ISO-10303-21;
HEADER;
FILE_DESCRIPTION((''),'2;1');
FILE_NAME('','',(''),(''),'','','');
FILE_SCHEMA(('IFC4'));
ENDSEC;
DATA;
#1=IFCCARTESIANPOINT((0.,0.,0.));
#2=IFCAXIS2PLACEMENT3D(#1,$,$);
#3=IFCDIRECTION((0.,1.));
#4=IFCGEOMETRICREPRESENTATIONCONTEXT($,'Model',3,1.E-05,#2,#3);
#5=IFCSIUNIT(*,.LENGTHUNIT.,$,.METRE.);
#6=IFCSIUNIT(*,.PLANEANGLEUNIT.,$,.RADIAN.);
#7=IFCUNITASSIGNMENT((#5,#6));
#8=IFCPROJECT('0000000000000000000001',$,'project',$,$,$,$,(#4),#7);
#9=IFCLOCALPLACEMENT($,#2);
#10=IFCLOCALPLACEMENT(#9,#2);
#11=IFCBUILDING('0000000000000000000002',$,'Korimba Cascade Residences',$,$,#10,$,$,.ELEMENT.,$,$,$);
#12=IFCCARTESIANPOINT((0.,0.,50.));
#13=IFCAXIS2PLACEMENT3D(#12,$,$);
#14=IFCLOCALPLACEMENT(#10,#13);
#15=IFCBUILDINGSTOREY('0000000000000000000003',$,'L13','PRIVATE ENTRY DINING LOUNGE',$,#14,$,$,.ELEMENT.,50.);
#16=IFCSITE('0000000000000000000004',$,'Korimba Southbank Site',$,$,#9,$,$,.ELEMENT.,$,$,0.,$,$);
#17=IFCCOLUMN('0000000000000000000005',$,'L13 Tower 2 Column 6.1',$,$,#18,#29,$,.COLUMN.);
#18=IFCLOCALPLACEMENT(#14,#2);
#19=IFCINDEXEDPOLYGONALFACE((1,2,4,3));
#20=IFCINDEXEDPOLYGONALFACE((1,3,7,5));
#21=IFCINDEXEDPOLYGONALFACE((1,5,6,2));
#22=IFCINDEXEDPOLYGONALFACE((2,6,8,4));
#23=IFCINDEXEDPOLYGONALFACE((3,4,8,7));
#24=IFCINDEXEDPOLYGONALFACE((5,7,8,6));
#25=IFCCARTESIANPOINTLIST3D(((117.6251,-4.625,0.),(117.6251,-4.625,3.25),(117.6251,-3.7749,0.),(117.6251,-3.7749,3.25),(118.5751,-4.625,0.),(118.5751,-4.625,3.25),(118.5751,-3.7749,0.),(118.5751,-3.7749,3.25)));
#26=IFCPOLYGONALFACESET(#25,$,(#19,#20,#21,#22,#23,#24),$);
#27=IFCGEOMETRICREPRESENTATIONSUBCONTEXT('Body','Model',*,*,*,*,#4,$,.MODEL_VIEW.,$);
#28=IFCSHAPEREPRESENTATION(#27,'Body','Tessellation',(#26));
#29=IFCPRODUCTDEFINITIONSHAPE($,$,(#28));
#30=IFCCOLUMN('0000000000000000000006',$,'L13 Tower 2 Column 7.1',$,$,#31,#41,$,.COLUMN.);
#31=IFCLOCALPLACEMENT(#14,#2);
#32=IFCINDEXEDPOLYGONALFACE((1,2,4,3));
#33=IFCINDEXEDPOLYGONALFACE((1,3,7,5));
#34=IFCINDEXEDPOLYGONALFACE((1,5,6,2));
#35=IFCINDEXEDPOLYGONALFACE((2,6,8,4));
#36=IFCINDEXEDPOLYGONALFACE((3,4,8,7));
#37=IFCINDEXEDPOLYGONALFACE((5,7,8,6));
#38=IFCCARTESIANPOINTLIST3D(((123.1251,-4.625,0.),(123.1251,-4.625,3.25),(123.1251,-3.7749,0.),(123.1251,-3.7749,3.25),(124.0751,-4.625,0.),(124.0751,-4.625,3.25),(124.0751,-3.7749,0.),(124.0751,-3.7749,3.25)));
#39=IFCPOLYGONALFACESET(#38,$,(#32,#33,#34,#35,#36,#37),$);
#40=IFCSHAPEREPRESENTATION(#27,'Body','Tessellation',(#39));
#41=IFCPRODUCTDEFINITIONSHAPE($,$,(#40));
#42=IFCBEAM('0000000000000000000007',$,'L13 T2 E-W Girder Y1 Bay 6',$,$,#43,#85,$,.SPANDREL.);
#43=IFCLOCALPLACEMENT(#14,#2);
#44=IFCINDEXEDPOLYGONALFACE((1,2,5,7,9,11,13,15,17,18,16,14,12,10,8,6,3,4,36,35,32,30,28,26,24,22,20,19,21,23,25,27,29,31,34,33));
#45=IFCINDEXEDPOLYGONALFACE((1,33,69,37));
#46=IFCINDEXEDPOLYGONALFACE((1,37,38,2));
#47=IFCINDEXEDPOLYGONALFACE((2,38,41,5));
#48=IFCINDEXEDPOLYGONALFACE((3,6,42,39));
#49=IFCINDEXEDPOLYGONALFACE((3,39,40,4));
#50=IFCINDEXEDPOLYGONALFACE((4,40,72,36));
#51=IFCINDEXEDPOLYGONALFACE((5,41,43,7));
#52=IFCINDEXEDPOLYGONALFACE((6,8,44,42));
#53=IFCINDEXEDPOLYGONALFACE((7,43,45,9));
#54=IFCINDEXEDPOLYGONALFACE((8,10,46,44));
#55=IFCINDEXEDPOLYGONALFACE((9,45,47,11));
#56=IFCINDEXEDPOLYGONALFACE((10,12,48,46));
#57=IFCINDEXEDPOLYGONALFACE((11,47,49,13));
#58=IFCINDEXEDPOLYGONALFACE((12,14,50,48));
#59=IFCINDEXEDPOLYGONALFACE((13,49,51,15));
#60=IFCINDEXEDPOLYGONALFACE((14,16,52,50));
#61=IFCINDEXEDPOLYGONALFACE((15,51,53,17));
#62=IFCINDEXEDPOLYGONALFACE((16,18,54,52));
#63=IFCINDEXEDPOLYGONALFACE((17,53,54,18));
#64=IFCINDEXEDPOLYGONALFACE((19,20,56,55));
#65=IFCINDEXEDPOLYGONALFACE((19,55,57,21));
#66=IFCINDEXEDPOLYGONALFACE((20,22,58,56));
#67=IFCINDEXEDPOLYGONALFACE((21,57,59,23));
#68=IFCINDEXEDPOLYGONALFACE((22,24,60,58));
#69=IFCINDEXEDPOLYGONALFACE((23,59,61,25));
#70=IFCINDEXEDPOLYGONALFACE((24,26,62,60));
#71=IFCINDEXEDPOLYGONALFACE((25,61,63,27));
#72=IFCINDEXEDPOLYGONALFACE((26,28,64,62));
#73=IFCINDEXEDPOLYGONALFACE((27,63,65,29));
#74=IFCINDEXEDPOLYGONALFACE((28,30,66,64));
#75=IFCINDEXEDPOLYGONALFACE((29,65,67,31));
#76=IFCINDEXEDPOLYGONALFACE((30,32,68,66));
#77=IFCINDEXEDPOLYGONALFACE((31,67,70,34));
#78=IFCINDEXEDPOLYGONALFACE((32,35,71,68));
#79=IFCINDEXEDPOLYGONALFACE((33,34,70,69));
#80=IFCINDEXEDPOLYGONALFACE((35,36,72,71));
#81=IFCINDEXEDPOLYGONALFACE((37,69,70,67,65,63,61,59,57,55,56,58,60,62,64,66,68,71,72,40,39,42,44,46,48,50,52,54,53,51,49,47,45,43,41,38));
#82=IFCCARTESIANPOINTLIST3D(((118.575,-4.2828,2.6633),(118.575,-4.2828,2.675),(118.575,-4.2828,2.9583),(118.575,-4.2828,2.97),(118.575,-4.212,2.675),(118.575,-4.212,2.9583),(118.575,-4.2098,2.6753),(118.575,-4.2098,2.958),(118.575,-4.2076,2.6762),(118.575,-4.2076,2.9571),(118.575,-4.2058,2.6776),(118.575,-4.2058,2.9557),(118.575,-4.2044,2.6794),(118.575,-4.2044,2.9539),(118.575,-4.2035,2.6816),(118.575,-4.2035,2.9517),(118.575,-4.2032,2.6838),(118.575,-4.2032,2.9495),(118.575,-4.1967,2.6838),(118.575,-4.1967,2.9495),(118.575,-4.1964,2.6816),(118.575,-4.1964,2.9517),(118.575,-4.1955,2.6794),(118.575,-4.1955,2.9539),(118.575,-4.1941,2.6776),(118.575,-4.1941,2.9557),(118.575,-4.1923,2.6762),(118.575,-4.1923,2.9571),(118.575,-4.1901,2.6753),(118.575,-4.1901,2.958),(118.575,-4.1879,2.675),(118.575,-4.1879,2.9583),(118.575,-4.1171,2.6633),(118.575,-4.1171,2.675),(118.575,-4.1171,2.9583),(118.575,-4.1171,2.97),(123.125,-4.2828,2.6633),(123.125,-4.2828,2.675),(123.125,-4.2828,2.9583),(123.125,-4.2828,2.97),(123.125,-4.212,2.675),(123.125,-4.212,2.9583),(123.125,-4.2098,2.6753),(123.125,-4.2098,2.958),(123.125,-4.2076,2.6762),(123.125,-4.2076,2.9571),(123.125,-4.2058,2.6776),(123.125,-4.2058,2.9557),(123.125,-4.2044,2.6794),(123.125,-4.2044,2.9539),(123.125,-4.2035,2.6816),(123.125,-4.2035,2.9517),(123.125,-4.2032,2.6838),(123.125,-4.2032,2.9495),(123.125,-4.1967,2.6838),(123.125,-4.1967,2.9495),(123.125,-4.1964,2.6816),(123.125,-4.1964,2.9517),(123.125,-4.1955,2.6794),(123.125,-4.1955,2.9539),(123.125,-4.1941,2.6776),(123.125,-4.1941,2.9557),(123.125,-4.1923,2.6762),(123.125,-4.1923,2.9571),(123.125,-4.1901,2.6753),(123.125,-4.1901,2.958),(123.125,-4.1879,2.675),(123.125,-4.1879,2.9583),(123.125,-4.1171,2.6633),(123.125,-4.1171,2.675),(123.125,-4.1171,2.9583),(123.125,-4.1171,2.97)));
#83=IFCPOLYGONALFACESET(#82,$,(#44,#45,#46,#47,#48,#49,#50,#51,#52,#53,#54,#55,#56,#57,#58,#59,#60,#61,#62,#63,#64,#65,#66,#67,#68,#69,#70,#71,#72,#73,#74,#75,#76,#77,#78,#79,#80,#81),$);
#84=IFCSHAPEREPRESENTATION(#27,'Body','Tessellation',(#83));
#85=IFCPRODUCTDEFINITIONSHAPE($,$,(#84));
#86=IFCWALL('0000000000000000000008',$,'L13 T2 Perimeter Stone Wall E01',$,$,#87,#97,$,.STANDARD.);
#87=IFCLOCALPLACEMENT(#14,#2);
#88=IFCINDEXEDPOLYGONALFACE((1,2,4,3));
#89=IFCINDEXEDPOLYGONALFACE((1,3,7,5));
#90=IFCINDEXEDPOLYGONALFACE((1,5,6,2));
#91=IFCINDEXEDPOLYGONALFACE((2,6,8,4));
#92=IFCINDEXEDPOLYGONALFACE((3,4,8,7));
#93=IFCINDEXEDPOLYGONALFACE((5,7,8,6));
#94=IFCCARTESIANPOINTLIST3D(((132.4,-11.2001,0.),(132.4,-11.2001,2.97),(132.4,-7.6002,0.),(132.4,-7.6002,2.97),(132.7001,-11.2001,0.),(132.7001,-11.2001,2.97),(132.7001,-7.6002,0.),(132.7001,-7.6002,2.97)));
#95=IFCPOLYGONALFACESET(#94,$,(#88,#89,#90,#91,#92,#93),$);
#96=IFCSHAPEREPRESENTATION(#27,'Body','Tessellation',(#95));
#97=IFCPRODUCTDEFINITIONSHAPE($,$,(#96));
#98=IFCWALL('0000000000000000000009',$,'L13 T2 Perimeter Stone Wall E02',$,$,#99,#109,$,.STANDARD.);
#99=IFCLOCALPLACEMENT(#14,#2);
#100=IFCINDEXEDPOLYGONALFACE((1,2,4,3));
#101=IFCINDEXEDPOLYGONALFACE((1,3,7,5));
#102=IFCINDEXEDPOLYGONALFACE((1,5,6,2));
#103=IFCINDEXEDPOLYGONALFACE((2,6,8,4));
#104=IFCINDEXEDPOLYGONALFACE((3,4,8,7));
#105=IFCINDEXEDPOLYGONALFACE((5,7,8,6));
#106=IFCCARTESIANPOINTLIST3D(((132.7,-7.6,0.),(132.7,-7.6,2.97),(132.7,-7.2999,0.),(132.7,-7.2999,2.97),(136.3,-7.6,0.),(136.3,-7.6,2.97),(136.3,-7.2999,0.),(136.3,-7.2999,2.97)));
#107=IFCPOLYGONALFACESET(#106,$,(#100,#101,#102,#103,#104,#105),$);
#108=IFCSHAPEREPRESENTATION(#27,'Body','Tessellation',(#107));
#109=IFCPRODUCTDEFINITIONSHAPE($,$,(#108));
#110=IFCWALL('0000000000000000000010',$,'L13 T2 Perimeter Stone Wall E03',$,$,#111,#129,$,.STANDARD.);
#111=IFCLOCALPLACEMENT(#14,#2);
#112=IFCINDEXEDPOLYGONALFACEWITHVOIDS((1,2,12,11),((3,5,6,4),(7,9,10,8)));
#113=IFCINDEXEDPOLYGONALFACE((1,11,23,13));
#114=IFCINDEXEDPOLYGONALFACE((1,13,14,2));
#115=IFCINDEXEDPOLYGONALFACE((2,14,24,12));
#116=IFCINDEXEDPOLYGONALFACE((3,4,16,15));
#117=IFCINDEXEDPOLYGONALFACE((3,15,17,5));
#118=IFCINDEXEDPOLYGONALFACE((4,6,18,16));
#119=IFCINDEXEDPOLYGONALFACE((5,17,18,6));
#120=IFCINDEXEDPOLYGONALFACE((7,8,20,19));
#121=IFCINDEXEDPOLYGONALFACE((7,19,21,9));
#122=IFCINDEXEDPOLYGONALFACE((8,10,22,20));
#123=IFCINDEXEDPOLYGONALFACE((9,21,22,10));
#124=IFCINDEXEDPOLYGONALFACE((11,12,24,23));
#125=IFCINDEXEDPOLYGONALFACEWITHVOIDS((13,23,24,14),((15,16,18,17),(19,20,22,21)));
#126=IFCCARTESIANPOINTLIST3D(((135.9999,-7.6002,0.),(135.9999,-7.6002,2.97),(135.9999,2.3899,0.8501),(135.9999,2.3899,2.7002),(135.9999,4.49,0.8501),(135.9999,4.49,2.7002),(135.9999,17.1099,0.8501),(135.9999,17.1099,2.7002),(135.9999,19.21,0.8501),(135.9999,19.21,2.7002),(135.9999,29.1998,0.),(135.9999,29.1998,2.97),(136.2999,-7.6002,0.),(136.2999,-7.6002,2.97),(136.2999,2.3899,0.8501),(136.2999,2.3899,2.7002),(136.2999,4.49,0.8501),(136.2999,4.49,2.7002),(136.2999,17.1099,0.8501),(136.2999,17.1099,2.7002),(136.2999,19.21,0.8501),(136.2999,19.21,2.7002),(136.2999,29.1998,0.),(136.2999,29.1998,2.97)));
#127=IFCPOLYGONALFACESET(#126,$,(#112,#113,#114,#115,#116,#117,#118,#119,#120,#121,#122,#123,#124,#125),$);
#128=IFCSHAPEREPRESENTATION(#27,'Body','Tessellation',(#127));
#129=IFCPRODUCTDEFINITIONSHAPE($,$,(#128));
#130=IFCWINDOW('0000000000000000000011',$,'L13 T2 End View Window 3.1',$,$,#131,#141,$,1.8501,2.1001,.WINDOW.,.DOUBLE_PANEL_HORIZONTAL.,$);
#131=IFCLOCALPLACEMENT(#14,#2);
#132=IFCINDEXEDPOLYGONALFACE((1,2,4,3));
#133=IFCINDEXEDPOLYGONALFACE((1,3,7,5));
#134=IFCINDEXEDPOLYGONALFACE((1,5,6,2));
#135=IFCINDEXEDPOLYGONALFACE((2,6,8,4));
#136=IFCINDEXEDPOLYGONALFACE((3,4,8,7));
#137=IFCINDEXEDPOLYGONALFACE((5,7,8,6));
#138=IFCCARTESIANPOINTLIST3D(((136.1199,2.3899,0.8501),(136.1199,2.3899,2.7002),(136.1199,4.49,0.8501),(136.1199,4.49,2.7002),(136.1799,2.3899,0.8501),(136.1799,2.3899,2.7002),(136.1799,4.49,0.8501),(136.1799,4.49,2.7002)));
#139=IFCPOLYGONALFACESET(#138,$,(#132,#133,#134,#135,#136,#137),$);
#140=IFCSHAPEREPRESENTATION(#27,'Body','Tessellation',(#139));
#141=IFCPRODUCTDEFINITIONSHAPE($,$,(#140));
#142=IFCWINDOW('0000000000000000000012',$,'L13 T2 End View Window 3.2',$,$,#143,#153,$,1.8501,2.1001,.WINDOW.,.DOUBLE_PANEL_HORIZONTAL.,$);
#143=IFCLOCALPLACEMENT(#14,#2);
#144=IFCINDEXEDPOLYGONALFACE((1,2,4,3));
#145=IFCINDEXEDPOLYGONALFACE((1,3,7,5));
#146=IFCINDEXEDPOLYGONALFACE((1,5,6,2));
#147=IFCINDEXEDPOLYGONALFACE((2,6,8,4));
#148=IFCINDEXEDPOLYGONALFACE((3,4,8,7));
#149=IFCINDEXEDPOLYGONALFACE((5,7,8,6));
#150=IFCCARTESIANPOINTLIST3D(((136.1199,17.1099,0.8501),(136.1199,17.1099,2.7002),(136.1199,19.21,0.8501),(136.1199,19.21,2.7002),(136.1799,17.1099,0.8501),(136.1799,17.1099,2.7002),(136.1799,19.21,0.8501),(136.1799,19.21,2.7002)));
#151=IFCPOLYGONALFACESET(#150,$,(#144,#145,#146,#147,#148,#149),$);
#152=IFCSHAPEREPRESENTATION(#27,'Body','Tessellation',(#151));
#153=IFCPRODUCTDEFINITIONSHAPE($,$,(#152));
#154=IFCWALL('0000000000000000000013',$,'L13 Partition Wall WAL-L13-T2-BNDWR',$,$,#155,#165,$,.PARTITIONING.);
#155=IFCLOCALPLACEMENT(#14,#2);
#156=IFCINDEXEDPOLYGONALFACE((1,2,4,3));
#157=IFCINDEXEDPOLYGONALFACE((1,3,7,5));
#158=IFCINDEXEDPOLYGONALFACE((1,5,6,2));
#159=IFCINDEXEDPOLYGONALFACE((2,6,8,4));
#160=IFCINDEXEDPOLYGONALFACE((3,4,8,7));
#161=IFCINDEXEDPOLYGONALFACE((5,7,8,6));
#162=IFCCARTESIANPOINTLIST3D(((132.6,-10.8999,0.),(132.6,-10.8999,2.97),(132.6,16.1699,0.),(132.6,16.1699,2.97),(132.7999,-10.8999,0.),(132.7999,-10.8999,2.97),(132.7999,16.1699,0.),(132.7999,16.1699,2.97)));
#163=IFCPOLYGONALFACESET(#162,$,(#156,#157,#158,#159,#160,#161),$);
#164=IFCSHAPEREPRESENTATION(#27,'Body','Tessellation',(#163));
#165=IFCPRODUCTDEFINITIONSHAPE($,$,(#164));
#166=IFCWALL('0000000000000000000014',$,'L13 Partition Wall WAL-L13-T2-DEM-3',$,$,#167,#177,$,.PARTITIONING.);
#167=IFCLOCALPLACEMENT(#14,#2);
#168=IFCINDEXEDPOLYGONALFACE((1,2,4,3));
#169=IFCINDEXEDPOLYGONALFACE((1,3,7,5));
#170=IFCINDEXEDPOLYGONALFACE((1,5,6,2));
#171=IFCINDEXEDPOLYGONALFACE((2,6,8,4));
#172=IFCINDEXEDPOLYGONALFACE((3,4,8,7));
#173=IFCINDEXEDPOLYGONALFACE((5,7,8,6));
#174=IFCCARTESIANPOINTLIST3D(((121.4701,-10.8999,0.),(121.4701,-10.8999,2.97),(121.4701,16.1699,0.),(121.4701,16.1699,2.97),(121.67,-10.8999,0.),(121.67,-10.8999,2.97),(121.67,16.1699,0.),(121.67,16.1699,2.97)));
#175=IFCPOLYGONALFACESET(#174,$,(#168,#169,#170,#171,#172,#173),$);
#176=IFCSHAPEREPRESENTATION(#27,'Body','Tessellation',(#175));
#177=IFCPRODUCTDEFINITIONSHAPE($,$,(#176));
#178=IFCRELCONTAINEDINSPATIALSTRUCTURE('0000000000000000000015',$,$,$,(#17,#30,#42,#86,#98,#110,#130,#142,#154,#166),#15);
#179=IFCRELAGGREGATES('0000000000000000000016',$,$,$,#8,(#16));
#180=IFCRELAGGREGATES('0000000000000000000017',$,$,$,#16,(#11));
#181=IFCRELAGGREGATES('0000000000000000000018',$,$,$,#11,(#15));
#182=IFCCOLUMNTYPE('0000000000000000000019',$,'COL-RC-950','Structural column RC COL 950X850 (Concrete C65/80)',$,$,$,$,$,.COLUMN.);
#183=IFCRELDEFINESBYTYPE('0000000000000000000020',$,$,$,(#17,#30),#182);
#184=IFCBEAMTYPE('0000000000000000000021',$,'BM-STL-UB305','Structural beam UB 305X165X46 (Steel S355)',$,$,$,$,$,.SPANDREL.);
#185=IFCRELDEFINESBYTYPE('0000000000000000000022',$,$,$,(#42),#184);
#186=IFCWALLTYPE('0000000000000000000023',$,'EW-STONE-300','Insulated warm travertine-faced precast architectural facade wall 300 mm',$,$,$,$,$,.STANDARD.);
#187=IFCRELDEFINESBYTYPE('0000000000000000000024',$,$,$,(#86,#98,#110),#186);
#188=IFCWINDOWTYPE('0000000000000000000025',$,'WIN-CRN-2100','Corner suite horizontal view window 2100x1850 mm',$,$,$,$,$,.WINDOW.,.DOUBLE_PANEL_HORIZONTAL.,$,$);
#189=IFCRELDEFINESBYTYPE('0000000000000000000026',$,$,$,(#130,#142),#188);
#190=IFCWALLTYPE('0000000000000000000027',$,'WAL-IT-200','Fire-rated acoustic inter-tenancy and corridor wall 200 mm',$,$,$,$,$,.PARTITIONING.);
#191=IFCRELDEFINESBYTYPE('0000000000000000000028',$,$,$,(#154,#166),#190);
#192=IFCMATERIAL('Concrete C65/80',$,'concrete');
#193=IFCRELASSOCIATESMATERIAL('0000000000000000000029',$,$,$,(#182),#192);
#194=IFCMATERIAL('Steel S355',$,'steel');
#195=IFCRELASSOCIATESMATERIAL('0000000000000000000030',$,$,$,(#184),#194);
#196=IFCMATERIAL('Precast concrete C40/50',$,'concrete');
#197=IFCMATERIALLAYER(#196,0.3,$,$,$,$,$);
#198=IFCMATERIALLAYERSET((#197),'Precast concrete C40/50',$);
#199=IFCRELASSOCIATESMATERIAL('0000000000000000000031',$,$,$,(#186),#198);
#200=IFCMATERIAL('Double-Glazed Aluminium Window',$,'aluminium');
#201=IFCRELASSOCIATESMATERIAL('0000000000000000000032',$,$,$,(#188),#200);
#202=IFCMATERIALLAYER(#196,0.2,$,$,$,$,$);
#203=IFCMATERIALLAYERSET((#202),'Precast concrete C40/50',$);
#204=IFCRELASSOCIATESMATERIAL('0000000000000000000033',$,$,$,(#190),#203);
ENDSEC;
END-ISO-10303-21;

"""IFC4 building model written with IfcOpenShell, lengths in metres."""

from ifc_helpers import new_model, si_unit, direction, frame, frame_2d, origin, origin_2d, place, context, subcontext, project, spatial, rectangle, i_section, extrude, material, layer, layer_set, material_profile, profile_set, type_object, element, fill, save


model = new_model("IFC4")

# Units and contexts
model_context = context("Model", 3, precision=1e-05, world=origin(), true_north=direction((0.0, 1.0)))
body_context = subcontext(model_context, "Body", "Model", "MODEL_VIEW")
ifc_project = project(units=[si_unit("LENGTHUNIT", "METRE"), si_unit("PLANEANGLEUNIT", "RADIAN")], contexts=[model_context])

# Site, building, storey
site_placement = place(None, origin())
site = spatial("IfcSite", under=ifc_project, at=site_placement, Name="Korimba Southbank Site", CompositionType="ELEMENT", RefElevation=0.0)
building_placement = place(site_placement, origin())
building = spatial("IfcBuilding", under=site, at=building_placement, Name="Korimba Cascade Residences", CompositionType="ELEMENT")
storey_placement = place(building_placement, frame((0.0, 0.0, 50.0)))
storey = spatial("IfcBuildingStorey", under=building, at=storey_placement, Name="L13", Description="PRIVATE ENTRY DINING LOUNGE", CompositionType="ELEMENT", Elevation=50.0)

# Columns
ifc_material_1 = material(Name="Concrete C65/80", Category="concrete")
ifc_material_profile_1 = material_profile(ifc_material_1, rectangle(XDim=0.95, YDim=0.8501, at=origin_2d()), Name="Concrete C65/80")
ifc_profile_set_1 = profile_set([ifc_material_profile_1], Name="Concrete C65/80")
column_type = type_object("IfcColumnType", Name="COL-RC-950", Description="Structural column RC COL 950X850 (Concrete C65/80)", PredefinedType="COLUMN", material=ifc_profile_set_1)
for number, where, z_axis, x_axis, name in (
    (1, (118.1001, -4.2, 0.0), (0.0, 0.0, 1.0), (1.0, 0.0, 0.0), "L13 Tower 2 Column 6.1"),
    (2, (123.6001, -4.2, 0.0), (0.0, 0.0, 1.0), (1.0, 0.0, 0.0), "L13 Tower 2 Column 7.1"),
):
    element("IfcColumn", number, at=place(storey_placement, frame(where, z_axis=z_axis, x_axis=x_axis)), inside=storey, type_object=column_type, Name=name, PredefinedType="COLUMN", context=body_context, shape_type="SweptSolid", body=[
        extrude(rectangle(XDim=0.95, YDim=0.8501, at=origin_2d()), origin(), (0.0, 0.0, 1.0), 3.25),
    ])

# Beam
ifc_material_2 = material(Name="Steel S355", Category="steel")
ifc_material_profile_2 = material_profile(ifc_material_2, i_section(OverallWidth=0.1658, OverallDepth=0.3066, WebThickness=0.0066, FlangeThickness=0.0117, FilletRadius=0.0088, at=origin_2d()), Name="Steel S355")
ifc_profile_set_2 = profile_set([ifc_material_profile_2], Name="Steel S355")
beam_type = type_object("IfcBeamType", Name="BM-STL-UB305", Description="Structural beam UB 305X165X46 (Steel S355)", PredefinedType="SPANDREL", material=ifc_profile_set_2)
beam_placement = place(storey_placement, frame((118.575, -4.2, 2.8167), z_axis=(1.0, 0.0, 0.0), x_axis=(0.0, 1.0, 0.0)))
element("IfcBeam", 3, at=beam_placement, inside=storey, type_object=beam_type, Name="L13 T2 E-W Girder Y1 Bay 6", PredefinedType="SPANDREL", context=body_context, shape_type="SweptSolid", body=[
    extrude(i_section(OverallWidth=0.1658, OverallDepth=0.3066, WebThickness=0.0066, FlangeThickness=0.0117, FilletRadius=0.0088, at=origin_2d()), origin(), (0.0, 0.0, 1.0), 4.55),
])

# Walls
ifc_material_3 = material(Name="Precast concrete C40/50", Category="concrete")
ifc_layer_1 = layer(ifc_material_3, 0.3)
ifc_layer_set_1 = layer_set([ifc_layer_1], Name="Precast concrete C40/50")
wall_type_1 = type_object("IfcWallType", Name="EW-STONE-300", Description="Insulated warm travertine-faced precast architectural facade wall 300 mm", PredefinedType="STANDARD", material=ifc_layer_set_1)
wall_1_placement = place(storey_placement, frame((132.55, -11.2, 0.0), z_axis=(0.0, 0.0, 1.0), x_axis=(0.0, 1.0, 0.0)))
element("IfcWall", 4, at=wall_1_placement, inside=storey, type_object=wall_type_1, Name="L13 T2 Perimeter Stone Wall E01", PredefinedType="STANDARD", context=body_context, shape_type="SweptSolid", body=[
    extrude(rectangle(XDim=3.5999, YDim=0.3, at=frame_2d((1.7998, 0.0))), origin(), (0.0, 0.0, 1.0), 2.97),
])
wall_2_placement = place(storey_placement, frame((132.7, -7.45, 0.0), z_axis=(0.0, 0.0, 1.0), x_axis=(1.0, 0.0, 0.0)))
element("IfcWall", 5, at=wall_2_placement, inside=storey, type_object=wall_type_1, Name="L13 T2 Perimeter Stone Wall E02", PredefinedType="STANDARD", context=body_context, shape_type="SweptSolid", body=[
    extrude(rectangle(XDim=3.6001, YDim=0.3, at=frame_2d((1.8, 0.0))), origin(), (0.0, 0.0, 1.0), 2.97),
])

# Wall, openings, windows
wall_3_placement = place(storey_placement, frame((136.1499, -7.6001, 0.0), z_axis=(0.0, 0.0, 1.0), x_axis=(0.0, 1.0, 0.0)))
wall_3 = element("IfcWall", 6, at=wall_3_placement, inside=storey, type_object=wall_type_1, Name="L13 T2 Perimeter Stone Wall E03", PredefinedType="STANDARD", context=body_context, shape_type="SweptSolid", body=[
    extrude(rectangle(XDim=36.8, YDim=0.3, at=frame_2d((18.3999, 0.0))), origin(), (0.0, 0.0, 1.0), 2.97),
])
opening_1_placement = place(wall_3_placement, frame((9.99, 0.0, 0.8501)))
opening_1 = element("IfcOpeningElement", 7, at=opening_1_placement, cuts=wall_3, PredefinedType="OPENING", context=body_context, shape_type="SweptSolid", body=[
    extrude(rectangle(XDim=2.1001, YDim=1.8501, at=frame_2d((1.05, 0.925))), frame((0.0, 0.1602, 0.0), z_axis=(0.0, -1.0, 0.0), x_axis=(1.0, 0.0, 0.0)), (0.0, 0.0, 1.0), 0.3201),
])
opening_2_placement = place(wall_3_placement, frame((24.71, 0.0, 0.8501)))
opening_2 = element("IfcOpeningElement", 8, at=opening_2_placement, cuts=wall_3, PredefinedType="OPENING", context=body_context, shape_type="SweptSolid", body=[
    extrude(rectangle(XDim=2.1001, YDim=1.8501, at=frame_2d((1.05, 0.925))), frame((0.0, 0.1602, 0.0), z_axis=(0.0, -1.0, 0.0), x_axis=(1.0, 0.0, 0.0)), (0.0, 0.0, 1.0), 0.3201),
])
ifc_material_4 = material(Name="Double-Glazed Aluminium Window", Category="aluminium")
window_type = type_object("IfcWindowType", Name="WIN-CRN-2100", Description="Corner suite horizontal view window 2100x1850 mm", PartitioningType="DOUBLE_PANEL_HORIZONTAL", PredefinedType="WINDOW", material=ifc_material_4)
window_1_placement = place(opening_1_placement, origin())
window_1 = element("IfcWindow", 9, at=window_1_placement, inside=storey, type_object=window_type, Name="L13 T2 End View Window 3.1", OverallHeight=1.8501, OverallWidth=2.1001, PartitioningType="DOUBLE_PANEL_HORIZONTAL", PredefinedType="WINDOW", context=body_context, shape_type="SweptSolid", body=[
    extrude(rectangle(XDim=2.1001, YDim=1.8501, at=frame_2d((1.05, 0.925))), frame((0.0, 0.03, 0.0), z_axis=(0.0, -1.0, 0.0), x_axis=(1.0, 0.0, 0.0)), (0.0, 0.0, 1.0), 0.0601),
])
fill(opening_1, window_1)
window_2_placement = place(opening_2_placement, origin())
window_2 = element("IfcWindow", 10, at=window_2_placement, inside=storey, type_object=window_type, Name="L13 T2 End View Window 3.2", OverallHeight=1.8501, OverallWidth=2.1001, PartitioningType="DOUBLE_PANEL_HORIZONTAL", PredefinedType="WINDOW", context=body_context, shape_type="SweptSolid", body=[
    extrude(rectangle(XDim=2.1001, YDim=1.8501, at=frame_2d((1.05, 0.925))), frame((0.0, 0.03, 0.0), z_axis=(0.0, -1.0, 0.0), x_axis=(1.0, 0.0, 0.0)), (0.0, 0.0, 1.0), 0.0601),
])
fill(opening_2, window_2)

# Walls
ifc_layer_2 = layer(ifc_material_3, 0.2)
ifc_layer_set_2 = layer_set([ifc_layer_2], Name="Precast concrete C40/50")
wall_type_2 = type_object("IfcWallType", Name="WAL-IT-200", Description="Fire-rated acoustic inter-tenancy and corridor wall 200 mm", PredefinedType="PARTITIONING", material=ifc_layer_set_2)
for number, where, z_axis, x_axis, name in (
    (11, (132.7, -10.8999, 0.0), (0.0, 0.0, 1.0), (0.0, 1.0, 0.0), "L13 Partition Wall WAL-L13-T2-BNDWR"),
    (12, (121.5701, -10.8999, 0.0), (0.0, 0.0, 1.0), (0.0, 1.0, 0.0), "L13 Partition Wall WAL-L13-T2-DEM-3"),
):
    element("IfcWall", number, at=place(storey_placement, frame(where, z_axis=z_axis, x_axis=x_axis)), inside=storey, type_object=wall_type_2, Name=name, PredefinedType="PARTITIONING", context=body_context, shape_type="SweptSolid", body=[
        extrude(rectangle(XDim=27.0698, YDim=0.2, at=frame_2d((13.5349, 0.0))), origin(), (0.0, 0.0, 1.0), 2.97),
    ])

save(model, "model.ifc")
